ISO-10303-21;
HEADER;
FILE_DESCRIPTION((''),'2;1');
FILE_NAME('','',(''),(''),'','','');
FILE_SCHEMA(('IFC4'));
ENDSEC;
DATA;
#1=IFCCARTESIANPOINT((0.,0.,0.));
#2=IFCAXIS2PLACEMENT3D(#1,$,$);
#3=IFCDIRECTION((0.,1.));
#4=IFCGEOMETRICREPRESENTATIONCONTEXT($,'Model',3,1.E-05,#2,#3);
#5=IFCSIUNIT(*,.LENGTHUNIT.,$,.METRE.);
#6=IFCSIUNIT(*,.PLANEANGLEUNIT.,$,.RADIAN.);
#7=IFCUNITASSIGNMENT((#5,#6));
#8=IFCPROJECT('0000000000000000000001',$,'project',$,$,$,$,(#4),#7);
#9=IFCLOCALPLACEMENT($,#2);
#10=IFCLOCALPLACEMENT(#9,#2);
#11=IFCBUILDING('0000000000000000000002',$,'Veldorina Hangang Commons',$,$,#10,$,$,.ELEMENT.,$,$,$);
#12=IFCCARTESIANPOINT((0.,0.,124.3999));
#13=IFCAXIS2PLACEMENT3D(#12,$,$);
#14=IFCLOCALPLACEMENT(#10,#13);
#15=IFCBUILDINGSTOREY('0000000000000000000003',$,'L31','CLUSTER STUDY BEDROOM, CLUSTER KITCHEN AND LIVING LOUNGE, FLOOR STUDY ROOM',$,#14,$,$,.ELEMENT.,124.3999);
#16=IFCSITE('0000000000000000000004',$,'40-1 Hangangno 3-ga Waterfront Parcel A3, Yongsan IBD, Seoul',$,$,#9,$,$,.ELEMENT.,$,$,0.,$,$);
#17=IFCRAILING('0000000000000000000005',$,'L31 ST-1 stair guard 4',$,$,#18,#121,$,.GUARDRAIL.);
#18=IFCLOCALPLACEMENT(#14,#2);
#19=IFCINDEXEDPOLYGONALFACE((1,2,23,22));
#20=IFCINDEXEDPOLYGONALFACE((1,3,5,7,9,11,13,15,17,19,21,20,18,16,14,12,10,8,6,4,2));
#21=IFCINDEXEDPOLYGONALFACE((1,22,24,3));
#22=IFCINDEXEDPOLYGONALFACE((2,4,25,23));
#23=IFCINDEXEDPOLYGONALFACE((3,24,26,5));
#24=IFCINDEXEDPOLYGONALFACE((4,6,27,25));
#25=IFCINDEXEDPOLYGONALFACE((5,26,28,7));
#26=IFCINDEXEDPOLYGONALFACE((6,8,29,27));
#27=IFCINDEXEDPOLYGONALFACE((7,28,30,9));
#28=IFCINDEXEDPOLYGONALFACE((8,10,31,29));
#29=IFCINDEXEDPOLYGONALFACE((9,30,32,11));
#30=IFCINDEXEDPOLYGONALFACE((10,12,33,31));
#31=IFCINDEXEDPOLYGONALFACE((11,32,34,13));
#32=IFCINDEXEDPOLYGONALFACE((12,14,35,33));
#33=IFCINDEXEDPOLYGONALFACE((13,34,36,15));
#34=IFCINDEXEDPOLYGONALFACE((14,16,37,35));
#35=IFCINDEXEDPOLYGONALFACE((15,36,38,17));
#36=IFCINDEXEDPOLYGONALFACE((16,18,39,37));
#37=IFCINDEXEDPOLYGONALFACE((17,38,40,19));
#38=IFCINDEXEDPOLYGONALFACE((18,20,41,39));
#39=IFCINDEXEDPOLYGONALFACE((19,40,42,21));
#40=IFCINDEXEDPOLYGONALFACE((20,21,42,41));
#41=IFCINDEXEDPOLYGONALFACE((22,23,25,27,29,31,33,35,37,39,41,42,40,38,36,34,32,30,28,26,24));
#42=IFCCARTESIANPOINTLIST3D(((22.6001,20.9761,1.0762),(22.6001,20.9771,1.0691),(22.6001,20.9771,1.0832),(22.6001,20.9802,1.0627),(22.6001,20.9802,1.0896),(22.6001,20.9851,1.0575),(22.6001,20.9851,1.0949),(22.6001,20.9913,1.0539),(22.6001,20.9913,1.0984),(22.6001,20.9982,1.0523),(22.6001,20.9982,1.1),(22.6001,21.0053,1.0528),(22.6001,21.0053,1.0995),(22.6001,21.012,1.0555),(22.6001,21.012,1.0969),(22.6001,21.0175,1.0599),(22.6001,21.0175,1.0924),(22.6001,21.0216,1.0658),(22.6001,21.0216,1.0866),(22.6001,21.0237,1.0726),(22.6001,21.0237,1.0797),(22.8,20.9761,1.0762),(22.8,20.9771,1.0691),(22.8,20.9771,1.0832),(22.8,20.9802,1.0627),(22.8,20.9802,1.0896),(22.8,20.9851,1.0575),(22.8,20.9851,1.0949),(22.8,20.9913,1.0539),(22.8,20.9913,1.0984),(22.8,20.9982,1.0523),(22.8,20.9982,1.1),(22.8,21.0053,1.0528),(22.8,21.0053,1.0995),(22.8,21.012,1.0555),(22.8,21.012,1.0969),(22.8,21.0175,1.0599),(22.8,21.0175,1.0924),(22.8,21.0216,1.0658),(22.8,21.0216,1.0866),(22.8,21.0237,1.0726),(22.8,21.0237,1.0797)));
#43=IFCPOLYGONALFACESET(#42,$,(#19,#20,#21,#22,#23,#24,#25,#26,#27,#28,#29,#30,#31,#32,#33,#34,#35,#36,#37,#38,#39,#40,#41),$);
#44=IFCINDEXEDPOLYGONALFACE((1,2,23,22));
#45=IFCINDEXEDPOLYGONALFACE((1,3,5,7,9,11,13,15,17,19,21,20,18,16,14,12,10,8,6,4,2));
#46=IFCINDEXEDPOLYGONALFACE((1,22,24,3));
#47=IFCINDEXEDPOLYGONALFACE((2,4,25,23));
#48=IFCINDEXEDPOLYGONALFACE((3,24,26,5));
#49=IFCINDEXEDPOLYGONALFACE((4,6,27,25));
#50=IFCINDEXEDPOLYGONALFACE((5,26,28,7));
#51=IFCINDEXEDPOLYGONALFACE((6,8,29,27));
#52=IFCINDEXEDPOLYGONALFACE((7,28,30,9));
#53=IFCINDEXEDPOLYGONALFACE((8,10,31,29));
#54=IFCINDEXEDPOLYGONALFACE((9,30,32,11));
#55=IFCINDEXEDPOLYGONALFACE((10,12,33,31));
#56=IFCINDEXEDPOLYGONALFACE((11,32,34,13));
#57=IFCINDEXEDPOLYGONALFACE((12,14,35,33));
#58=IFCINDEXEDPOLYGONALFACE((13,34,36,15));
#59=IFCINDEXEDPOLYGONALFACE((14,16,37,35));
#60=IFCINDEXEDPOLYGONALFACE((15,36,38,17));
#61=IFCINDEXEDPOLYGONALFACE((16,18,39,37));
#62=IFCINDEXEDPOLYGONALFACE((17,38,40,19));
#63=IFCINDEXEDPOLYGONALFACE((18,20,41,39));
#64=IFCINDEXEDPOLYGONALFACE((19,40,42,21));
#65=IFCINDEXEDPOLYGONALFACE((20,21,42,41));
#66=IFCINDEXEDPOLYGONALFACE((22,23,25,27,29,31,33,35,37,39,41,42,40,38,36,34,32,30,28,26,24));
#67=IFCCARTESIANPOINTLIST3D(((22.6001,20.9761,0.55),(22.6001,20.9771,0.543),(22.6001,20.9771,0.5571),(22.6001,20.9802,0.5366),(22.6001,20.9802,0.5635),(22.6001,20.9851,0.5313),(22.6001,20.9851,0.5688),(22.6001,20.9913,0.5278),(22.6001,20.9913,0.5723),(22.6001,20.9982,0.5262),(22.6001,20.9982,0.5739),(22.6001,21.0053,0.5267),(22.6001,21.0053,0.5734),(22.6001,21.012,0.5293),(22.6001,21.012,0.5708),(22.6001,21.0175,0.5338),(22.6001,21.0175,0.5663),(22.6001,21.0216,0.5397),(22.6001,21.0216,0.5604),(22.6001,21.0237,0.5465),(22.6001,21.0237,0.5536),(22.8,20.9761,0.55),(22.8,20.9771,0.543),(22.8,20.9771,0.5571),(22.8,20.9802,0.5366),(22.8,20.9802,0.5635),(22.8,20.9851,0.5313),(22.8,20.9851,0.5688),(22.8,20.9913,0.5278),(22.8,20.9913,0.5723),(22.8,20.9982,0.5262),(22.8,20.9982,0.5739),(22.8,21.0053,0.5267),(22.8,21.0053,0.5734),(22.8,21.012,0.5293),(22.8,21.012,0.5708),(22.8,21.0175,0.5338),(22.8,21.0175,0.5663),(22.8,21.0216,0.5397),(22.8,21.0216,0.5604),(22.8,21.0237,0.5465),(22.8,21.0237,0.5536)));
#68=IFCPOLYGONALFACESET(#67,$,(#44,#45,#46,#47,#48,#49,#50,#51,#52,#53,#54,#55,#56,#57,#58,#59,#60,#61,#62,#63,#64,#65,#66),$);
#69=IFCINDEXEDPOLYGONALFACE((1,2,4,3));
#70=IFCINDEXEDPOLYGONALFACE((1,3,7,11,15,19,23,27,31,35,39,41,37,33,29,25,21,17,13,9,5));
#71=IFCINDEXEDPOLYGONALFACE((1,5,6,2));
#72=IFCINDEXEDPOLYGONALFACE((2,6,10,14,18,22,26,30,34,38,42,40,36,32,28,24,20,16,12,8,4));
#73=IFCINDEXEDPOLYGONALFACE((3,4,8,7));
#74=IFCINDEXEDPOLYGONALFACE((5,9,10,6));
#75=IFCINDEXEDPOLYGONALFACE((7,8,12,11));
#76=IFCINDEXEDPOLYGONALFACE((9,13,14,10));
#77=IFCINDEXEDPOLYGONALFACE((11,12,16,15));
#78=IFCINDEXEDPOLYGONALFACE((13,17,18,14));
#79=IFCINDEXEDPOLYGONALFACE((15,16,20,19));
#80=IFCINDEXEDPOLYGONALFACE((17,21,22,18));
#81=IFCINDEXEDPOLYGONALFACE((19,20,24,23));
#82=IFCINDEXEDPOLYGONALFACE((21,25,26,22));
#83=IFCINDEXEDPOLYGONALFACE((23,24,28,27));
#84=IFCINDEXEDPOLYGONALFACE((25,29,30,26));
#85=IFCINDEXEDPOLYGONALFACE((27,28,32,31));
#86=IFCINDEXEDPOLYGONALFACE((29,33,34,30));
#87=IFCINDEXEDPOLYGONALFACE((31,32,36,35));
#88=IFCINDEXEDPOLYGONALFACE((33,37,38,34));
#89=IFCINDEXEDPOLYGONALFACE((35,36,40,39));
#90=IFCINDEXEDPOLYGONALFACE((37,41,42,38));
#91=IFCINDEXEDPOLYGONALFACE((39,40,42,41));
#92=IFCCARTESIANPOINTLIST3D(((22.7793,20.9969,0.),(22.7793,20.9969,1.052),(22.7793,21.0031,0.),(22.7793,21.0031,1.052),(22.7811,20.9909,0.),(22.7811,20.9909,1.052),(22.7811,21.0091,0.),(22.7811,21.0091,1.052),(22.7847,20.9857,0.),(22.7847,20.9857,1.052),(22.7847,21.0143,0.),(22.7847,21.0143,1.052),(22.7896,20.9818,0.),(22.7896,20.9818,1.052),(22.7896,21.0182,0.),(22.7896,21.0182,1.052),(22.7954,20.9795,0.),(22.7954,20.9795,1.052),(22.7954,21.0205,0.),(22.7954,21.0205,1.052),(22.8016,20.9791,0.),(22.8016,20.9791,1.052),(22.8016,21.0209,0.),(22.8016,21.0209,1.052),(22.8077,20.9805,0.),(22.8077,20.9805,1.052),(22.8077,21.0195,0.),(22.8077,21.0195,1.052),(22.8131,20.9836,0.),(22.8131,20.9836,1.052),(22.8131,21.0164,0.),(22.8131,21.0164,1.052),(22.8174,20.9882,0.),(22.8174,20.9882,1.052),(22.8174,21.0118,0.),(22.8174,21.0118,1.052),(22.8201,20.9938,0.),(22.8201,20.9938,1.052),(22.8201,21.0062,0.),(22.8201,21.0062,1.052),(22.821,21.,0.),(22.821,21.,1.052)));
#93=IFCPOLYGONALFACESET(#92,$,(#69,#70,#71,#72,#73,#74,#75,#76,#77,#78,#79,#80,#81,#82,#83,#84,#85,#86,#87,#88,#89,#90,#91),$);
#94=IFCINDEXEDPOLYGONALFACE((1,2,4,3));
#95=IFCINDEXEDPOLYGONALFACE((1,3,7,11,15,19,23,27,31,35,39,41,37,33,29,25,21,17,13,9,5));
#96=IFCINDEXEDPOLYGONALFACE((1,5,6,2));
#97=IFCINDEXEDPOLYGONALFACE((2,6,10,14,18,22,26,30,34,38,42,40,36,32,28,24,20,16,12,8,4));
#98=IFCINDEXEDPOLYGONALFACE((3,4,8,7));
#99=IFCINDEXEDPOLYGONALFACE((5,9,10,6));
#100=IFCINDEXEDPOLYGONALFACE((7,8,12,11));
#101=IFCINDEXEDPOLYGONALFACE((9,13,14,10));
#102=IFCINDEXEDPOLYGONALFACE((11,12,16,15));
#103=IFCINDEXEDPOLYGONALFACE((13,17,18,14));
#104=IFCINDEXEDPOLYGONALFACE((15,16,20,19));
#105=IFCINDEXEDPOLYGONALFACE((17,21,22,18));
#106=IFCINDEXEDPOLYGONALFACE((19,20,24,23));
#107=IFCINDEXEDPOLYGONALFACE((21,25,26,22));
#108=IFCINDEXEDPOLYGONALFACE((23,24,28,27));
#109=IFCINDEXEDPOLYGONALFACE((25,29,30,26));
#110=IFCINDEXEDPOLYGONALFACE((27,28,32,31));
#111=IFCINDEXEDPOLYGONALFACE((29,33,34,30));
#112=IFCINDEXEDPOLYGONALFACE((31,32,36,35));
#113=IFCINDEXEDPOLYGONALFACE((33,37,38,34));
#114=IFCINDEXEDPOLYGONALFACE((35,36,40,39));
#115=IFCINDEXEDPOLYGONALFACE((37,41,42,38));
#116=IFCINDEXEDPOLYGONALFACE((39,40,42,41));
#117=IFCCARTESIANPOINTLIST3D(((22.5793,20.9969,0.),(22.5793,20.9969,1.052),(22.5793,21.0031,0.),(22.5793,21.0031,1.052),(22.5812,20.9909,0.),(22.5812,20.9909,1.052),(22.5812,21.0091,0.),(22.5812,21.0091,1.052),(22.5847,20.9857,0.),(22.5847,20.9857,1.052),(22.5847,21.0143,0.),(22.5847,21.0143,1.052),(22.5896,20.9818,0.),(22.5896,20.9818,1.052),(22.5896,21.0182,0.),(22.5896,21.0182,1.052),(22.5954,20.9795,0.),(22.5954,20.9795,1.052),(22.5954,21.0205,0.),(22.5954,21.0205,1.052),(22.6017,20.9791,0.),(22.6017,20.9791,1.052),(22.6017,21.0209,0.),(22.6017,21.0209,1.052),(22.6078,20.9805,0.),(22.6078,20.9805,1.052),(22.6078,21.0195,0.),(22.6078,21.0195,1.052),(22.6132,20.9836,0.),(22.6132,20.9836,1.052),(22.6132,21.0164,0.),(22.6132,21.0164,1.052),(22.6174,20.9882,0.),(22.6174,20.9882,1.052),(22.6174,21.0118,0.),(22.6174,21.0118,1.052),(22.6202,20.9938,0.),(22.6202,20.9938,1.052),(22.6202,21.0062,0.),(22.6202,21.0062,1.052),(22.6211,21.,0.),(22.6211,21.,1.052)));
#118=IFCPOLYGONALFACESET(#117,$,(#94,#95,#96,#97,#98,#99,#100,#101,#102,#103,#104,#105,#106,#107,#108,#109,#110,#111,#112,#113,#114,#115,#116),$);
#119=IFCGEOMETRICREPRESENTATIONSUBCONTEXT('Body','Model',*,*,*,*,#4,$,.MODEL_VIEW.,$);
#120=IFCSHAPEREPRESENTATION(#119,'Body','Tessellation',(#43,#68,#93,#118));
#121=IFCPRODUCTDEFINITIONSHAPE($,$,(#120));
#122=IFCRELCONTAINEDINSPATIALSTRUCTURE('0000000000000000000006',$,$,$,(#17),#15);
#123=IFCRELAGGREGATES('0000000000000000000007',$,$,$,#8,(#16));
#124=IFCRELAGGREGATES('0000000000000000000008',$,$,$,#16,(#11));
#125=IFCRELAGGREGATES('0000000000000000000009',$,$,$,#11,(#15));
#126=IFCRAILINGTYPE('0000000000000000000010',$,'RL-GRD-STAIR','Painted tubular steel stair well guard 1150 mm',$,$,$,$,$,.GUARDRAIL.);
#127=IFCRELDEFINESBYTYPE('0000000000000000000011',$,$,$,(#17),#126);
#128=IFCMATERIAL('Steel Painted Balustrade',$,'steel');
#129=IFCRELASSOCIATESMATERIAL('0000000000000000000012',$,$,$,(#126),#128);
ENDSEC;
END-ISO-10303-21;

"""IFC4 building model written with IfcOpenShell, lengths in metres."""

from ifc_helpers import new_model, si_unit, direction, frame, origin, origin_2d, place, context, subcontext, project, spatial, circle, extrude, material, type_object, element, save


model = new_model("IFC4")

# Units and contexts
model_context = context("Model", 3, precision=1e-05, world=origin(), true_north=direction((0.0, 1.0)))
body_context = subcontext(model_context, "Body", "Model", "MODEL_VIEW")
ifc_project = project(units=[si_unit("LENGTHUNIT", "METRE"), si_unit("PLANEANGLEUNIT", "RADIAN")], contexts=[model_context])

# Site, building, storey
site_placement = place(None, origin())
site = spatial("IfcSite", under=ifc_project, at=site_placement, Name="40-1 Hangangno 3-ga Waterfront Parcel A3, Yongsan IBD, Seoul", CompositionType="ELEMENT", RefElevation=0.0)
building_placement = place(site_placement, origin())
building = spatial("IfcBuilding", under=site, at=building_placement, Name="Veldorina Hangang Commons", CompositionType="ELEMENT")
storey_placement = place(building_placement, frame((0.0, 0.0, 124.3999)))
storey = spatial("IfcBuildingStorey", under=building, at=storey_placement, Name="L31", Description="CLUSTER STUDY BEDROOM, CLUSTER KITCHEN AND LIVING LOUNGE, FLOOR STUDY ROOM", CompositionType="ELEMENT", Elevation=124.3999)

# Railing
ifc_material_1 = material(Name="Steel Painted Balustrade", Category="steel")
railing_type_1 = type_object("IfcRailingType", Name="RL-GRD-STAIR", Description="Painted tubular steel stair well guard 1150 mm", PredefinedType="GUARDRAIL", material=ifc_material_1)
railing_1_placement = place(storey_placement, frame((22.8, 21.0, 0.0)))
element("IfcRailing", 1, at=railing_1_placement, inside=storey, type_object=railing_type_1, Name="L31 ST-1 stair guard 4", PredefinedType="GUARDRAIL", context=body_context, shape_type="SweptSolid", body=[
    extrude(circle(Radius=0.0239, at=origin_2d()), frame((0.0, 0.0, 1.0762), z_axis=(-1.0, 0.0, 0.0), x_axis=(0.0, -1.0, 0.0)), (0.0, 0.0, 1.0), 0.2),
    extrude(circle(Radius=0.0239, at=origin_2d()), frame((0.0, 0.0, 0.55), z_axis=(-1.0, 0.0, 0.0), x_axis=(0.0, -1.0, 0.0)), (0.0, 0.0, 1.0), 0.2),
    extrude(circle(Radius=0.021, at=origin_2d()), origin(), (0.0, 0.0, 1.0), 1.052),
    extrude(circle(Radius=0.021, at=origin_2d()), frame((-0.2, 0.0, 0.0)), (0.0, 0.0, 1.0), 1.052),
])

save(model, "model.ifc")
